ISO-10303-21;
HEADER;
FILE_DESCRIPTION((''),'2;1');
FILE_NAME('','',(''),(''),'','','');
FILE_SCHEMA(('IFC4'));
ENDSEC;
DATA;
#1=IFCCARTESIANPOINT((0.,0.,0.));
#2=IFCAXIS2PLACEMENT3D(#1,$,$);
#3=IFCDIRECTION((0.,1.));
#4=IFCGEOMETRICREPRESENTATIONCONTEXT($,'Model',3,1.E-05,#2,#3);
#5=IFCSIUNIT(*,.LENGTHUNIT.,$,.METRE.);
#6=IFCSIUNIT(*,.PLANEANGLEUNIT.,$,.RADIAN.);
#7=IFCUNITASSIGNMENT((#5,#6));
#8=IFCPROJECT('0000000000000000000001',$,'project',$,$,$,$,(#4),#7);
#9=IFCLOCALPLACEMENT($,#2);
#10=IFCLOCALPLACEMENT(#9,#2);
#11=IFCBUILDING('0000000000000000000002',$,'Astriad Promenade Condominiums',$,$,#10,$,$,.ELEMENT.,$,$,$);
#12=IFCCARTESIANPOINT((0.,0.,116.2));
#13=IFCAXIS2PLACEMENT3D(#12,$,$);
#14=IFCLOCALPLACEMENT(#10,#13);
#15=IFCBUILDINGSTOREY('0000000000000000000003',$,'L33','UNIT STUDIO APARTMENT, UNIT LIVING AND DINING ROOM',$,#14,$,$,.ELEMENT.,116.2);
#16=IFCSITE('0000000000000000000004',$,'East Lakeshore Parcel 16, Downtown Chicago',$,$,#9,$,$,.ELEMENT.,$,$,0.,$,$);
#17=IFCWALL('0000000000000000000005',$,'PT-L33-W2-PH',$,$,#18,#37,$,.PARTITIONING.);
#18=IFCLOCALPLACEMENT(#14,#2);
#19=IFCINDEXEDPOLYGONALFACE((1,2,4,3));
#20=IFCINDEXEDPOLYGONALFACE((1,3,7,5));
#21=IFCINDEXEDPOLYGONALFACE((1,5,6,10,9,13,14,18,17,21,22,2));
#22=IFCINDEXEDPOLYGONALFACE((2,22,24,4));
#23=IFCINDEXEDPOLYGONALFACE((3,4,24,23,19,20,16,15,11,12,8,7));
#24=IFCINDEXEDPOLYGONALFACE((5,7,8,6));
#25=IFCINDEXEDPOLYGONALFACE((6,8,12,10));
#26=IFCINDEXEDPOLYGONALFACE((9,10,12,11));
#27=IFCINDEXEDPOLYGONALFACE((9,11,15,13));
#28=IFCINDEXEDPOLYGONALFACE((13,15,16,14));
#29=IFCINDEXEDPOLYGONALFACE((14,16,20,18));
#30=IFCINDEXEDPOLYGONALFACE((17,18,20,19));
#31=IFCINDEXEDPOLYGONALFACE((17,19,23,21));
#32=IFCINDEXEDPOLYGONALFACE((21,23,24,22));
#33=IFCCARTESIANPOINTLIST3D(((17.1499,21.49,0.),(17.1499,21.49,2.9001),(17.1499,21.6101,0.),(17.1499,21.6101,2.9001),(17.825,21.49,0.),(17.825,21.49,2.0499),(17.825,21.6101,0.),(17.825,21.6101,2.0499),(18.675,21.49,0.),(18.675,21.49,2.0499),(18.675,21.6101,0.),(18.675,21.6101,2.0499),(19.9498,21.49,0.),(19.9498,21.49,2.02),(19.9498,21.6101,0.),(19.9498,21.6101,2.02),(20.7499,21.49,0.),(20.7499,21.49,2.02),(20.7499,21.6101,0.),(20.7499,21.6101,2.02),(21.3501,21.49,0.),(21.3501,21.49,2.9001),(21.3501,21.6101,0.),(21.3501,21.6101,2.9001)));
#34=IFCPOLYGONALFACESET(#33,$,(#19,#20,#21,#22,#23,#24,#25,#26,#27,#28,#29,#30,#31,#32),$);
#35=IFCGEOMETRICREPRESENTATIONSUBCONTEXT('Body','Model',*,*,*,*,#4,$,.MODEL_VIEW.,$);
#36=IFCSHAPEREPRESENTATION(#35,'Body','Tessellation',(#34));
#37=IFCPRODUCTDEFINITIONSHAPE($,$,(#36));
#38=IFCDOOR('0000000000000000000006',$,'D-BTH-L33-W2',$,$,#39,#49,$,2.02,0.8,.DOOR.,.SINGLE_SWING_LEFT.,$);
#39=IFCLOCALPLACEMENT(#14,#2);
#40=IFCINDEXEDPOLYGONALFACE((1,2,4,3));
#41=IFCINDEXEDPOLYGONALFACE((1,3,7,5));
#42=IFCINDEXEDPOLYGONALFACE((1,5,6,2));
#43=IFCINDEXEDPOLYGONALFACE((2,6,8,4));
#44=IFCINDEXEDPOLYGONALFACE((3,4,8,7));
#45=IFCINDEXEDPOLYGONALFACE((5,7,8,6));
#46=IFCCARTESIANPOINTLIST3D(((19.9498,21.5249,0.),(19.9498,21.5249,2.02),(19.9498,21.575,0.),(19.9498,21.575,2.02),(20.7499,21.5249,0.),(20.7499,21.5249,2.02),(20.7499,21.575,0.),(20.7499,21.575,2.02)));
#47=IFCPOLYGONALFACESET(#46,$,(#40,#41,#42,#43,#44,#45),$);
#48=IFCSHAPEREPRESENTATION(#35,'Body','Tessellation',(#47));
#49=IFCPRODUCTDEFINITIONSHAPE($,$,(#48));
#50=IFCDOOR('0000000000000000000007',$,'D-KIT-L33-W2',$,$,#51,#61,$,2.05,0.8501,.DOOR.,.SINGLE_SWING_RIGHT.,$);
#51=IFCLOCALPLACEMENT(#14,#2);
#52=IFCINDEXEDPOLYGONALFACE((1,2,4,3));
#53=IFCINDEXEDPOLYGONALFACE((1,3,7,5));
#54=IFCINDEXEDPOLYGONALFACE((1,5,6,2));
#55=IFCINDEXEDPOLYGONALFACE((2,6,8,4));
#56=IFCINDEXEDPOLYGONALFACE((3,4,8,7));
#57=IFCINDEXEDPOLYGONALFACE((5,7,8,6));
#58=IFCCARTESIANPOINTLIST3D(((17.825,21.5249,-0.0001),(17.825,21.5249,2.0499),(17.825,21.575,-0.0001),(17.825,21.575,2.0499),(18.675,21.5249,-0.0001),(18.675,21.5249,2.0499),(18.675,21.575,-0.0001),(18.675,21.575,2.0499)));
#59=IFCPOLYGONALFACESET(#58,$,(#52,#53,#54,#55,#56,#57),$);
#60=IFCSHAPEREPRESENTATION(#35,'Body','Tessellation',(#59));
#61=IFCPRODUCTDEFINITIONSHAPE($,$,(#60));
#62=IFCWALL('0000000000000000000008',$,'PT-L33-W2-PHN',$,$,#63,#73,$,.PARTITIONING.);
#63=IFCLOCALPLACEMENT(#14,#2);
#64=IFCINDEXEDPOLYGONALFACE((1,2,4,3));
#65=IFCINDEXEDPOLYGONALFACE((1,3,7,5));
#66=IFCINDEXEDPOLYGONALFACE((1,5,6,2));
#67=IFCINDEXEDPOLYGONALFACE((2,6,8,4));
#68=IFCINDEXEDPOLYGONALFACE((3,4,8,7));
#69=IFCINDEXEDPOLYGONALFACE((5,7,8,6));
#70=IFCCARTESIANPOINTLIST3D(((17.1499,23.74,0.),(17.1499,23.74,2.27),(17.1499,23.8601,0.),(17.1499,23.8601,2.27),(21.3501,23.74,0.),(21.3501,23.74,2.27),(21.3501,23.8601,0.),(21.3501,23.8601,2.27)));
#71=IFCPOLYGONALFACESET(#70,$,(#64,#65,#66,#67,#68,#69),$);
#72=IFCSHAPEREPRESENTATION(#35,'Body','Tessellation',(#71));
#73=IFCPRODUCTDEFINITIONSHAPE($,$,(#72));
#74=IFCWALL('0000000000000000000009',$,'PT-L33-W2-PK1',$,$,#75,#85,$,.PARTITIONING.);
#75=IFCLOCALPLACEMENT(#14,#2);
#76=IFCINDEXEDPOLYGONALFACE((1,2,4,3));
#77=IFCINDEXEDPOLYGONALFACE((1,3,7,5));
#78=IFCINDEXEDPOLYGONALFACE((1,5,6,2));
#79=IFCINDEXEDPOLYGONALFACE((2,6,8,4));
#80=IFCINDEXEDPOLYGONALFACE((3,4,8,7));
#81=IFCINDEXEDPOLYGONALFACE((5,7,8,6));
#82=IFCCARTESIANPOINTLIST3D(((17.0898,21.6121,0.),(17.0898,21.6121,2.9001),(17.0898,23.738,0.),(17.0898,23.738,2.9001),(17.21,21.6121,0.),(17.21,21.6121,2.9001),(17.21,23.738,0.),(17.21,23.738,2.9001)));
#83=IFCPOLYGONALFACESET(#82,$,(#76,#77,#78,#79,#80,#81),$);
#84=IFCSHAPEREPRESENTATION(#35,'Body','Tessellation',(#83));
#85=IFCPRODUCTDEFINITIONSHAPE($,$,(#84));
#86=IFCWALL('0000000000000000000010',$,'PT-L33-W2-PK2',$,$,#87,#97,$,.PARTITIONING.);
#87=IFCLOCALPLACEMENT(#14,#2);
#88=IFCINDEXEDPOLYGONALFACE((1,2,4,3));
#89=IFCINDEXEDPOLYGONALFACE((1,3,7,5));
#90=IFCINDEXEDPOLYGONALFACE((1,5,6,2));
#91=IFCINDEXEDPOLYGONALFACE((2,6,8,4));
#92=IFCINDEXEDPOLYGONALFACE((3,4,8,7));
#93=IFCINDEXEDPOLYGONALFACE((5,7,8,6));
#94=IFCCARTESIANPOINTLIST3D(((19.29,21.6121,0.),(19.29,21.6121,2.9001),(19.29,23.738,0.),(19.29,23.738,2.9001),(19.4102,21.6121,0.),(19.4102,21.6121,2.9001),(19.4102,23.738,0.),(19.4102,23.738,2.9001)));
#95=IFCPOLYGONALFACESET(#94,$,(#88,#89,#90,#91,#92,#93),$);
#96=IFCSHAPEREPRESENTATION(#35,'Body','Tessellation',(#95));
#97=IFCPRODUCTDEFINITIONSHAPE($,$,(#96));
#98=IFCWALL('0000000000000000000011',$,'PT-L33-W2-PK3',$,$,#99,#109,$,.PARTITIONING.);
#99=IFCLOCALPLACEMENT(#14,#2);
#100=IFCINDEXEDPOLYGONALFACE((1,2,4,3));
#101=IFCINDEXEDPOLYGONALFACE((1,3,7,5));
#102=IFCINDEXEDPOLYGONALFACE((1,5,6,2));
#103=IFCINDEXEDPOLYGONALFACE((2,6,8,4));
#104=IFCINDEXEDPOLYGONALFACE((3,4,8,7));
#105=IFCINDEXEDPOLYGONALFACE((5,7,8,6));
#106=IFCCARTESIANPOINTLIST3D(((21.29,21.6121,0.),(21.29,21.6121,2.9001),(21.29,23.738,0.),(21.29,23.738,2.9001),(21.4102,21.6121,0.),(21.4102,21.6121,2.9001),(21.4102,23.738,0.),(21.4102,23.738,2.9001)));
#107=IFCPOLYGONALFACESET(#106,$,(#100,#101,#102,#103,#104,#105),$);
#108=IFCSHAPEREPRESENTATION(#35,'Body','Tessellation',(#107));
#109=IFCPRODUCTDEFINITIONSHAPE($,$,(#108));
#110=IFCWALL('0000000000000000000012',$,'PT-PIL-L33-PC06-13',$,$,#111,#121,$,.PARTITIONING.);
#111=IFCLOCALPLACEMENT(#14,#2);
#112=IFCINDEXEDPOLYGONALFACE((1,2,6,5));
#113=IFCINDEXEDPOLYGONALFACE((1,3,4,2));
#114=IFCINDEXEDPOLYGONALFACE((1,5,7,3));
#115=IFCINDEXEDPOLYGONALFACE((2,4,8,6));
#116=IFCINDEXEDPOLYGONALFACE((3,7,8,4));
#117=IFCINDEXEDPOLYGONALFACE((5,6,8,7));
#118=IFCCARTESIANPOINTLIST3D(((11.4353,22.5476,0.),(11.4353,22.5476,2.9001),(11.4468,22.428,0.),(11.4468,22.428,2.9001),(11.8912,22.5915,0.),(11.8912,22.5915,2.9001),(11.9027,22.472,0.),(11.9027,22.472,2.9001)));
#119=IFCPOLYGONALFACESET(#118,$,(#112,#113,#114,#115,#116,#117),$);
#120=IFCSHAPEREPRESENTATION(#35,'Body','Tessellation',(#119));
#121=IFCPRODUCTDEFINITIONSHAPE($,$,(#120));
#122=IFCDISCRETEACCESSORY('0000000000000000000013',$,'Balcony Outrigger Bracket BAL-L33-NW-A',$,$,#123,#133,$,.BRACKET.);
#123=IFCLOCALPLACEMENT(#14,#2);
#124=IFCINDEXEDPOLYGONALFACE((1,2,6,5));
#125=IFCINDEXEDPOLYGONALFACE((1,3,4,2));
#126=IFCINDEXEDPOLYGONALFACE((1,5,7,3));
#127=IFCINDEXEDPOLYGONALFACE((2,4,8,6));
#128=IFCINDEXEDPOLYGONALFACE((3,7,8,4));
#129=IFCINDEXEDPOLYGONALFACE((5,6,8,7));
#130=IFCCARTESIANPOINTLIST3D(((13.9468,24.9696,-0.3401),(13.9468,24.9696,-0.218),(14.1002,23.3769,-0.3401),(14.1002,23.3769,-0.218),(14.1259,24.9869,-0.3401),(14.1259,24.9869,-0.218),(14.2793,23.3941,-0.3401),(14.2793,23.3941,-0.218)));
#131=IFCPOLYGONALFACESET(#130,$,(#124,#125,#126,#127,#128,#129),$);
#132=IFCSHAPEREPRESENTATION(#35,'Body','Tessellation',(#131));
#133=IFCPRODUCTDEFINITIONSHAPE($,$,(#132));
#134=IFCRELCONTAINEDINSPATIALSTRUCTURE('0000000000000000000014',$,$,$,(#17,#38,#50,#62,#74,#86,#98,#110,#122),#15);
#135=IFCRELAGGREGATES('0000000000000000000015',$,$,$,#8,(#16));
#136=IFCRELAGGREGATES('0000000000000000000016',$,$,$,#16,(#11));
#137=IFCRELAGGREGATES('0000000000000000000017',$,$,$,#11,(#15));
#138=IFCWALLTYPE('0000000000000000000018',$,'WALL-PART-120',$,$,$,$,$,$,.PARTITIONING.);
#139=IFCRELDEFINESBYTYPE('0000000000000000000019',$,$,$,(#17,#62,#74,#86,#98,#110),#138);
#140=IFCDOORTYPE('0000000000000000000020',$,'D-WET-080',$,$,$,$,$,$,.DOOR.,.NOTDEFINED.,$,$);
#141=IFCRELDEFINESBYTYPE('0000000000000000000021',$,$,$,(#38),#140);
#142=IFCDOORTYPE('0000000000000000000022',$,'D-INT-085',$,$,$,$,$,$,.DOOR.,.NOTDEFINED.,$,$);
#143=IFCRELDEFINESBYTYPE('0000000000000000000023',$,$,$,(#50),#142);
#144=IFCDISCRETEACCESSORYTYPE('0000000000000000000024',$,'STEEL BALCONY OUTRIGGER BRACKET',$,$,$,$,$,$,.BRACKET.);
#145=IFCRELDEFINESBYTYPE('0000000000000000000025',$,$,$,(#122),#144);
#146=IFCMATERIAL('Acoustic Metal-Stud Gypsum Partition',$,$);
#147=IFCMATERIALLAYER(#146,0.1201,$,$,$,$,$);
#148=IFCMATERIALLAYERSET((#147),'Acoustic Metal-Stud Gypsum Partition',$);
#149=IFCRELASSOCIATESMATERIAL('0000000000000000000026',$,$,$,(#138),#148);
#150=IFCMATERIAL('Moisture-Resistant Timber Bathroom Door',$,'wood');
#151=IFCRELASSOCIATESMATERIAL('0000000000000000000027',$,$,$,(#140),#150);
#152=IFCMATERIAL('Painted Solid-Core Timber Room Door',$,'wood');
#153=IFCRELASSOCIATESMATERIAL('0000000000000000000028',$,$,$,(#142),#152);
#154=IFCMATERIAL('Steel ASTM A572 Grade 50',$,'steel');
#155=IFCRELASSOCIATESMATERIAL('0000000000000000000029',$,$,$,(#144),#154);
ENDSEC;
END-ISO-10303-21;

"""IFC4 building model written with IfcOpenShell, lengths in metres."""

from ifc_helpers import new_model, si_unit, direction, frame, frame_2d, origin, origin_2d, place, context, subcontext, project, spatial, rectangle, extrude, source, transform, mapped, material, layer, layer_set, type_object, type_shapes, element, fill, save


model = new_model("IFC4")

# Units and contexts
model_context = context("Model", 3, precision=1e-05, world=origin(), true_north=direction((0.0, 1.0)))
body_context = subcontext(model_context, "Body", "Model", "MODEL_VIEW")
ifc_project = project(units=[si_unit("LENGTHUNIT", "METRE"), si_unit("PLANEANGLEUNIT", "RADIAN")], contexts=[model_context])

# Site, building, storey
site_placement = place(None, origin())
site = spatial("IfcSite", under=ifc_project, at=site_placement, Name="East Lakeshore Parcel 16, Downtown Chicago", CompositionType="ELEMENT", RefElevation=0.0)
building_placement = place(site_placement, origin())
building = spatial("IfcBuilding", under=site, at=building_placement, Name="Astriad Promenade Condominiums", CompositionType="ELEMENT")
storey_placement = place(building_placement, frame((0.0, 0.0, 116.2)))
storey = spatial("IfcBuildingStorey", under=building, at=storey_placement, Name="L33", Description="UNIT STUDIO APARTMENT, UNIT LIVING AND DINING ROOM", CompositionType="ELEMENT", Elevation=116.2)

# Shared definitions
ifc_material_1 = material(Name="Acoustic Metal-Stud Gypsum Partition")
ifc_layer_1 = layer(ifc_material_1, 0.1201)
ifc_layer_set_1 = layer_set([ifc_layer_1], Name="Acoustic Metal-Stud Gypsum Partition")
wall_type_1 = type_object("IfcWallType", Name="WALL-PART-120", PredefinedType="PARTITIONING", material=ifc_layer_set_1)
ifc_material_2 = material(Name="Moisture-Resistant Timber Bathroom Door", Category="wood")
door_type_1 = type_object("IfcDoorType", Name="D-WET-080", OperationType="NOTDEFINED", PredefinedType="DOOR", material=ifc_material_2)
shared_shape_1 = source(origin(), body_context, "Body", "SweptSolid", [
    extrude(rectangle(XDim=0.8, YDim=2.02, at=frame_2d((0.3999, 1.01))), frame((0.0, 0.0249, 0.0), z_axis=(0.0, -1.0, 0.0), x_axis=(1.0, 0.0, 0.0)), (0.0, 0.0, 1.0), 0.05),
])
type_shapes(door_type_1, [shared_shape_1])

# Wall, openings, doors
wall_1_placement = place(storey_placement, frame((17.1499, 21.55, 0.0), z_axis=(0.0, 0.0, 1.0), x_axis=(1.0, 0.0, 0.0)))
wall_1 = element("IfcWall", 1, at=wall_1_placement, inside=storey, type_object=wall_type_1, Name="PT-L33-W2-PH", PredefinedType="PARTITIONING", context=body_context, shape_type="SweptSolid", body=[
    extrude(rectangle(XDim=4.2002, YDim=0.1201, at=frame_2d((2.1001, 0.0))), origin(), (0.0, 0.0, 1.0), 2.9001),
])
opening_1_placement = place(wall_1_placement, frame((0.675, 0.0, 0.0)))
opening_1 = element("IfcOpeningElement", 2, at=opening_1_placement, cuts=wall_1, PredefinedType="OPENING", context=body_context, shape_type="SweptSolid", body=[
    extrude(rectangle(XDim=0.8501, YDim=2.05, at=frame_2d((0.425, 1.0249))), frame((0.0, 0.0701, 0.0), z_axis=(0.0, -1.0, 0.0), x_axis=(1.0, 0.0, 0.0)), (0.0, 0.0, 1.0), 0.1401),
])
opening_2_placement = place(wall_1_placement, frame((2.8, 0.0, 0.0)))
opening_2 = element("IfcOpeningElement", 3, at=opening_2_placement, cuts=wall_1, PredefinedType="OPENING", context=body_context, shape_type="SweptSolid", body=[
    extrude(rectangle(XDim=0.8, YDim=2.02, at=frame_2d((0.3999, 1.01))), frame((0.0, 0.0701, 0.0), z_axis=(0.0, -1.0, 0.0), x_axis=(1.0, 0.0, 0.0)), (0.0, 0.0, 1.0), 0.1401),
])
door_1_placement = place(opening_2_placement, origin())
door_1 = element("IfcDoor", 4, at=door_1_placement, inside=storey, type_object=door_type_1, Name="D-BTH-L33-W2", OperationType="SINGLE_SWING_LEFT", OverallHeight=2.02, OverallWidth=0.8, PredefinedType="DOOR", context=body_context, shape_type="MappedRepresentation", body=[
    mapped(shared_shape_1, transform((0.0, 0.0, 0.0), scale=1.0)),
])
fill(opening_2, door_1)
ifc_material_3 = material(Name="Painted Solid-Core Timber Room Door", Category="wood")
door_type_2 = type_object("IfcDoorType", Name="D-INT-085", OperationType="NOTDEFINED", PredefinedType="DOOR", material=ifc_material_3)
shared_shape_2 = source(origin(), body_context, "Body", "SweptSolid", [
    extrude(rectangle(XDim=0.8501, YDim=2.05, at=frame_2d((0.425, 1.0249))), frame((0.0, 0.0249, 0.0), z_axis=(0.0, -1.0, 0.0), x_axis=(1.0, 0.0, 0.0)), (0.0, 0.0, 1.0), 0.05),
])
type_shapes(door_type_2, [shared_shape_2])
door_2_placement = place(opening_1_placement, origin())
door_2 = element("IfcDoor", 5, at=door_2_placement, inside=storey, type_object=door_type_2, Name="D-KIT-L33-W2", OperationType="SINGLE_SWING_RIGHT", OverallHeight=2.05, OverallWidth=0.8501, PredefinedType="DOOR", context=body_context, shape_type="MappedRepresentation", body=[
    mapped(shared_shape_2, transform((0.0, 0.0, 0.0), scale=1.0)),
])
fill(opening_1, door_2)

# Walls
wall_2_placement = place(storey_placement, frame((17.1499, 23.8, 0.0), z_axis=(0.0, 0.0, 1.0), x_axis=(1.0, 0.0, 0.0)))
element("IfcWall", 6, at=wall_2_placement, inside=storey, type_object=wall_type_1, Name="PT-L33-W2-PHN", PredefinedType="PARTITIONING", context=body_context, shape_type="SweptSolid", body=[
    extrude(rectangle(XDim=4.2002, YDim=0.1201, at=frame_2d((2.1001, 0.0))), origin(), (0.0, 0.0, 1.0), 2.27),
])
for number, where, z_axis, x_axis, name in (
    (7, (17.1499, 21.6121, 0.0), (0.0, 0.0, 1.0), (0.0, 1.0, 0.0), "PT-L33-W2-PK1"),
    (8, (19.3501, 21.6121, 0.0), (0.0, 0.0, 1.0), (0.0, 1.0, 0.0), "PT-L33-W2-PK2"),
    (9, (21.3501, 21.6121, 0.0), (0.0, 0.0, 1.0), (0.0, 1.0, 0.0), "PT-L33-W2-PK3"),
):
    element("IfcWall", number, at=place(storey_placement, frame(where, z_axis=z_axis, x_axis=x_axis)), inside=storey, type_object=wall_type_1, Name=name, PredefinedType="PARTITIONING", context=body_context, shape_type="SweptSolid", body=[
        extrude(rectangle(XDim=2.126, YDim=0.1201, at=frame_2d((1.063, 0.0))), origin(), (0.0, 0.0, 1.0), 2.9001),
    ])
wall_3_placement = place(storey_placement, frame((11.897, 22.5317, 0.0), z_axis=(0.0, 0.0, 1.0), x_axis=(-0.995385, -0.095966, 0.0)))
element("IfcWall", 10, at=wall_3_placement, inside=storey, type_object=wall_type_1, Name="PT-PIL-L33-PC06-13", PredefinedType="PARTITIONING", context=body_context, shape_type="SweptSolid", body=[
    extrude(rectangle(XDim=0.458, YDim=0.1201, at=frame_2d((0.229, 0.0))), origin(), (0.0, 0.0, 1.0), 2.9001),
])

# Discrete accessory
ifc_material_4 = material(Name="Steel ASTM A572 Grade 50", Category="steel")
discrete_accessory_type = type_object("IfcDiscreteAccessoryType", Name="STEEL BALCONY OUTRIGGER BRACKET", PredefinedType="BRACKET", material=ifc_material_4)
shared_shape_3 = source(origin(), body_context, "Body", "SweptSolid", [
    extrude(rectangle(XDim=1.6001, YDim=0.1799, at=origin_2d()), origin(), (0.0, 0.0, 1.0), 0.1221),
])
type_shapes(discrete_accessory_type, [shared_shape_3])
discrete_accessory_placement = place(storey_placement, frame((14.113, 24.1819, -0.3401), z_axis=(0.0, 0.0, 1.0), x_axis=(-0.095846, 0.995396, 0.0)))
element("IfcDiscreteAccessory", 11, at=discrete_accessory_placement, inside=storey, type_object=discrete_accessory_type, Name="Balcony Outrigger Bracket BAL-L33-NW-A", PredefinedType="BRACKET", context=body_context, shape_type="MappedRepresentation", body=[
    mapped(shared_shape_3, transform((0.0, 0.0, 0.0), scale=1.0)),
])

save(model, "model.ifc")
